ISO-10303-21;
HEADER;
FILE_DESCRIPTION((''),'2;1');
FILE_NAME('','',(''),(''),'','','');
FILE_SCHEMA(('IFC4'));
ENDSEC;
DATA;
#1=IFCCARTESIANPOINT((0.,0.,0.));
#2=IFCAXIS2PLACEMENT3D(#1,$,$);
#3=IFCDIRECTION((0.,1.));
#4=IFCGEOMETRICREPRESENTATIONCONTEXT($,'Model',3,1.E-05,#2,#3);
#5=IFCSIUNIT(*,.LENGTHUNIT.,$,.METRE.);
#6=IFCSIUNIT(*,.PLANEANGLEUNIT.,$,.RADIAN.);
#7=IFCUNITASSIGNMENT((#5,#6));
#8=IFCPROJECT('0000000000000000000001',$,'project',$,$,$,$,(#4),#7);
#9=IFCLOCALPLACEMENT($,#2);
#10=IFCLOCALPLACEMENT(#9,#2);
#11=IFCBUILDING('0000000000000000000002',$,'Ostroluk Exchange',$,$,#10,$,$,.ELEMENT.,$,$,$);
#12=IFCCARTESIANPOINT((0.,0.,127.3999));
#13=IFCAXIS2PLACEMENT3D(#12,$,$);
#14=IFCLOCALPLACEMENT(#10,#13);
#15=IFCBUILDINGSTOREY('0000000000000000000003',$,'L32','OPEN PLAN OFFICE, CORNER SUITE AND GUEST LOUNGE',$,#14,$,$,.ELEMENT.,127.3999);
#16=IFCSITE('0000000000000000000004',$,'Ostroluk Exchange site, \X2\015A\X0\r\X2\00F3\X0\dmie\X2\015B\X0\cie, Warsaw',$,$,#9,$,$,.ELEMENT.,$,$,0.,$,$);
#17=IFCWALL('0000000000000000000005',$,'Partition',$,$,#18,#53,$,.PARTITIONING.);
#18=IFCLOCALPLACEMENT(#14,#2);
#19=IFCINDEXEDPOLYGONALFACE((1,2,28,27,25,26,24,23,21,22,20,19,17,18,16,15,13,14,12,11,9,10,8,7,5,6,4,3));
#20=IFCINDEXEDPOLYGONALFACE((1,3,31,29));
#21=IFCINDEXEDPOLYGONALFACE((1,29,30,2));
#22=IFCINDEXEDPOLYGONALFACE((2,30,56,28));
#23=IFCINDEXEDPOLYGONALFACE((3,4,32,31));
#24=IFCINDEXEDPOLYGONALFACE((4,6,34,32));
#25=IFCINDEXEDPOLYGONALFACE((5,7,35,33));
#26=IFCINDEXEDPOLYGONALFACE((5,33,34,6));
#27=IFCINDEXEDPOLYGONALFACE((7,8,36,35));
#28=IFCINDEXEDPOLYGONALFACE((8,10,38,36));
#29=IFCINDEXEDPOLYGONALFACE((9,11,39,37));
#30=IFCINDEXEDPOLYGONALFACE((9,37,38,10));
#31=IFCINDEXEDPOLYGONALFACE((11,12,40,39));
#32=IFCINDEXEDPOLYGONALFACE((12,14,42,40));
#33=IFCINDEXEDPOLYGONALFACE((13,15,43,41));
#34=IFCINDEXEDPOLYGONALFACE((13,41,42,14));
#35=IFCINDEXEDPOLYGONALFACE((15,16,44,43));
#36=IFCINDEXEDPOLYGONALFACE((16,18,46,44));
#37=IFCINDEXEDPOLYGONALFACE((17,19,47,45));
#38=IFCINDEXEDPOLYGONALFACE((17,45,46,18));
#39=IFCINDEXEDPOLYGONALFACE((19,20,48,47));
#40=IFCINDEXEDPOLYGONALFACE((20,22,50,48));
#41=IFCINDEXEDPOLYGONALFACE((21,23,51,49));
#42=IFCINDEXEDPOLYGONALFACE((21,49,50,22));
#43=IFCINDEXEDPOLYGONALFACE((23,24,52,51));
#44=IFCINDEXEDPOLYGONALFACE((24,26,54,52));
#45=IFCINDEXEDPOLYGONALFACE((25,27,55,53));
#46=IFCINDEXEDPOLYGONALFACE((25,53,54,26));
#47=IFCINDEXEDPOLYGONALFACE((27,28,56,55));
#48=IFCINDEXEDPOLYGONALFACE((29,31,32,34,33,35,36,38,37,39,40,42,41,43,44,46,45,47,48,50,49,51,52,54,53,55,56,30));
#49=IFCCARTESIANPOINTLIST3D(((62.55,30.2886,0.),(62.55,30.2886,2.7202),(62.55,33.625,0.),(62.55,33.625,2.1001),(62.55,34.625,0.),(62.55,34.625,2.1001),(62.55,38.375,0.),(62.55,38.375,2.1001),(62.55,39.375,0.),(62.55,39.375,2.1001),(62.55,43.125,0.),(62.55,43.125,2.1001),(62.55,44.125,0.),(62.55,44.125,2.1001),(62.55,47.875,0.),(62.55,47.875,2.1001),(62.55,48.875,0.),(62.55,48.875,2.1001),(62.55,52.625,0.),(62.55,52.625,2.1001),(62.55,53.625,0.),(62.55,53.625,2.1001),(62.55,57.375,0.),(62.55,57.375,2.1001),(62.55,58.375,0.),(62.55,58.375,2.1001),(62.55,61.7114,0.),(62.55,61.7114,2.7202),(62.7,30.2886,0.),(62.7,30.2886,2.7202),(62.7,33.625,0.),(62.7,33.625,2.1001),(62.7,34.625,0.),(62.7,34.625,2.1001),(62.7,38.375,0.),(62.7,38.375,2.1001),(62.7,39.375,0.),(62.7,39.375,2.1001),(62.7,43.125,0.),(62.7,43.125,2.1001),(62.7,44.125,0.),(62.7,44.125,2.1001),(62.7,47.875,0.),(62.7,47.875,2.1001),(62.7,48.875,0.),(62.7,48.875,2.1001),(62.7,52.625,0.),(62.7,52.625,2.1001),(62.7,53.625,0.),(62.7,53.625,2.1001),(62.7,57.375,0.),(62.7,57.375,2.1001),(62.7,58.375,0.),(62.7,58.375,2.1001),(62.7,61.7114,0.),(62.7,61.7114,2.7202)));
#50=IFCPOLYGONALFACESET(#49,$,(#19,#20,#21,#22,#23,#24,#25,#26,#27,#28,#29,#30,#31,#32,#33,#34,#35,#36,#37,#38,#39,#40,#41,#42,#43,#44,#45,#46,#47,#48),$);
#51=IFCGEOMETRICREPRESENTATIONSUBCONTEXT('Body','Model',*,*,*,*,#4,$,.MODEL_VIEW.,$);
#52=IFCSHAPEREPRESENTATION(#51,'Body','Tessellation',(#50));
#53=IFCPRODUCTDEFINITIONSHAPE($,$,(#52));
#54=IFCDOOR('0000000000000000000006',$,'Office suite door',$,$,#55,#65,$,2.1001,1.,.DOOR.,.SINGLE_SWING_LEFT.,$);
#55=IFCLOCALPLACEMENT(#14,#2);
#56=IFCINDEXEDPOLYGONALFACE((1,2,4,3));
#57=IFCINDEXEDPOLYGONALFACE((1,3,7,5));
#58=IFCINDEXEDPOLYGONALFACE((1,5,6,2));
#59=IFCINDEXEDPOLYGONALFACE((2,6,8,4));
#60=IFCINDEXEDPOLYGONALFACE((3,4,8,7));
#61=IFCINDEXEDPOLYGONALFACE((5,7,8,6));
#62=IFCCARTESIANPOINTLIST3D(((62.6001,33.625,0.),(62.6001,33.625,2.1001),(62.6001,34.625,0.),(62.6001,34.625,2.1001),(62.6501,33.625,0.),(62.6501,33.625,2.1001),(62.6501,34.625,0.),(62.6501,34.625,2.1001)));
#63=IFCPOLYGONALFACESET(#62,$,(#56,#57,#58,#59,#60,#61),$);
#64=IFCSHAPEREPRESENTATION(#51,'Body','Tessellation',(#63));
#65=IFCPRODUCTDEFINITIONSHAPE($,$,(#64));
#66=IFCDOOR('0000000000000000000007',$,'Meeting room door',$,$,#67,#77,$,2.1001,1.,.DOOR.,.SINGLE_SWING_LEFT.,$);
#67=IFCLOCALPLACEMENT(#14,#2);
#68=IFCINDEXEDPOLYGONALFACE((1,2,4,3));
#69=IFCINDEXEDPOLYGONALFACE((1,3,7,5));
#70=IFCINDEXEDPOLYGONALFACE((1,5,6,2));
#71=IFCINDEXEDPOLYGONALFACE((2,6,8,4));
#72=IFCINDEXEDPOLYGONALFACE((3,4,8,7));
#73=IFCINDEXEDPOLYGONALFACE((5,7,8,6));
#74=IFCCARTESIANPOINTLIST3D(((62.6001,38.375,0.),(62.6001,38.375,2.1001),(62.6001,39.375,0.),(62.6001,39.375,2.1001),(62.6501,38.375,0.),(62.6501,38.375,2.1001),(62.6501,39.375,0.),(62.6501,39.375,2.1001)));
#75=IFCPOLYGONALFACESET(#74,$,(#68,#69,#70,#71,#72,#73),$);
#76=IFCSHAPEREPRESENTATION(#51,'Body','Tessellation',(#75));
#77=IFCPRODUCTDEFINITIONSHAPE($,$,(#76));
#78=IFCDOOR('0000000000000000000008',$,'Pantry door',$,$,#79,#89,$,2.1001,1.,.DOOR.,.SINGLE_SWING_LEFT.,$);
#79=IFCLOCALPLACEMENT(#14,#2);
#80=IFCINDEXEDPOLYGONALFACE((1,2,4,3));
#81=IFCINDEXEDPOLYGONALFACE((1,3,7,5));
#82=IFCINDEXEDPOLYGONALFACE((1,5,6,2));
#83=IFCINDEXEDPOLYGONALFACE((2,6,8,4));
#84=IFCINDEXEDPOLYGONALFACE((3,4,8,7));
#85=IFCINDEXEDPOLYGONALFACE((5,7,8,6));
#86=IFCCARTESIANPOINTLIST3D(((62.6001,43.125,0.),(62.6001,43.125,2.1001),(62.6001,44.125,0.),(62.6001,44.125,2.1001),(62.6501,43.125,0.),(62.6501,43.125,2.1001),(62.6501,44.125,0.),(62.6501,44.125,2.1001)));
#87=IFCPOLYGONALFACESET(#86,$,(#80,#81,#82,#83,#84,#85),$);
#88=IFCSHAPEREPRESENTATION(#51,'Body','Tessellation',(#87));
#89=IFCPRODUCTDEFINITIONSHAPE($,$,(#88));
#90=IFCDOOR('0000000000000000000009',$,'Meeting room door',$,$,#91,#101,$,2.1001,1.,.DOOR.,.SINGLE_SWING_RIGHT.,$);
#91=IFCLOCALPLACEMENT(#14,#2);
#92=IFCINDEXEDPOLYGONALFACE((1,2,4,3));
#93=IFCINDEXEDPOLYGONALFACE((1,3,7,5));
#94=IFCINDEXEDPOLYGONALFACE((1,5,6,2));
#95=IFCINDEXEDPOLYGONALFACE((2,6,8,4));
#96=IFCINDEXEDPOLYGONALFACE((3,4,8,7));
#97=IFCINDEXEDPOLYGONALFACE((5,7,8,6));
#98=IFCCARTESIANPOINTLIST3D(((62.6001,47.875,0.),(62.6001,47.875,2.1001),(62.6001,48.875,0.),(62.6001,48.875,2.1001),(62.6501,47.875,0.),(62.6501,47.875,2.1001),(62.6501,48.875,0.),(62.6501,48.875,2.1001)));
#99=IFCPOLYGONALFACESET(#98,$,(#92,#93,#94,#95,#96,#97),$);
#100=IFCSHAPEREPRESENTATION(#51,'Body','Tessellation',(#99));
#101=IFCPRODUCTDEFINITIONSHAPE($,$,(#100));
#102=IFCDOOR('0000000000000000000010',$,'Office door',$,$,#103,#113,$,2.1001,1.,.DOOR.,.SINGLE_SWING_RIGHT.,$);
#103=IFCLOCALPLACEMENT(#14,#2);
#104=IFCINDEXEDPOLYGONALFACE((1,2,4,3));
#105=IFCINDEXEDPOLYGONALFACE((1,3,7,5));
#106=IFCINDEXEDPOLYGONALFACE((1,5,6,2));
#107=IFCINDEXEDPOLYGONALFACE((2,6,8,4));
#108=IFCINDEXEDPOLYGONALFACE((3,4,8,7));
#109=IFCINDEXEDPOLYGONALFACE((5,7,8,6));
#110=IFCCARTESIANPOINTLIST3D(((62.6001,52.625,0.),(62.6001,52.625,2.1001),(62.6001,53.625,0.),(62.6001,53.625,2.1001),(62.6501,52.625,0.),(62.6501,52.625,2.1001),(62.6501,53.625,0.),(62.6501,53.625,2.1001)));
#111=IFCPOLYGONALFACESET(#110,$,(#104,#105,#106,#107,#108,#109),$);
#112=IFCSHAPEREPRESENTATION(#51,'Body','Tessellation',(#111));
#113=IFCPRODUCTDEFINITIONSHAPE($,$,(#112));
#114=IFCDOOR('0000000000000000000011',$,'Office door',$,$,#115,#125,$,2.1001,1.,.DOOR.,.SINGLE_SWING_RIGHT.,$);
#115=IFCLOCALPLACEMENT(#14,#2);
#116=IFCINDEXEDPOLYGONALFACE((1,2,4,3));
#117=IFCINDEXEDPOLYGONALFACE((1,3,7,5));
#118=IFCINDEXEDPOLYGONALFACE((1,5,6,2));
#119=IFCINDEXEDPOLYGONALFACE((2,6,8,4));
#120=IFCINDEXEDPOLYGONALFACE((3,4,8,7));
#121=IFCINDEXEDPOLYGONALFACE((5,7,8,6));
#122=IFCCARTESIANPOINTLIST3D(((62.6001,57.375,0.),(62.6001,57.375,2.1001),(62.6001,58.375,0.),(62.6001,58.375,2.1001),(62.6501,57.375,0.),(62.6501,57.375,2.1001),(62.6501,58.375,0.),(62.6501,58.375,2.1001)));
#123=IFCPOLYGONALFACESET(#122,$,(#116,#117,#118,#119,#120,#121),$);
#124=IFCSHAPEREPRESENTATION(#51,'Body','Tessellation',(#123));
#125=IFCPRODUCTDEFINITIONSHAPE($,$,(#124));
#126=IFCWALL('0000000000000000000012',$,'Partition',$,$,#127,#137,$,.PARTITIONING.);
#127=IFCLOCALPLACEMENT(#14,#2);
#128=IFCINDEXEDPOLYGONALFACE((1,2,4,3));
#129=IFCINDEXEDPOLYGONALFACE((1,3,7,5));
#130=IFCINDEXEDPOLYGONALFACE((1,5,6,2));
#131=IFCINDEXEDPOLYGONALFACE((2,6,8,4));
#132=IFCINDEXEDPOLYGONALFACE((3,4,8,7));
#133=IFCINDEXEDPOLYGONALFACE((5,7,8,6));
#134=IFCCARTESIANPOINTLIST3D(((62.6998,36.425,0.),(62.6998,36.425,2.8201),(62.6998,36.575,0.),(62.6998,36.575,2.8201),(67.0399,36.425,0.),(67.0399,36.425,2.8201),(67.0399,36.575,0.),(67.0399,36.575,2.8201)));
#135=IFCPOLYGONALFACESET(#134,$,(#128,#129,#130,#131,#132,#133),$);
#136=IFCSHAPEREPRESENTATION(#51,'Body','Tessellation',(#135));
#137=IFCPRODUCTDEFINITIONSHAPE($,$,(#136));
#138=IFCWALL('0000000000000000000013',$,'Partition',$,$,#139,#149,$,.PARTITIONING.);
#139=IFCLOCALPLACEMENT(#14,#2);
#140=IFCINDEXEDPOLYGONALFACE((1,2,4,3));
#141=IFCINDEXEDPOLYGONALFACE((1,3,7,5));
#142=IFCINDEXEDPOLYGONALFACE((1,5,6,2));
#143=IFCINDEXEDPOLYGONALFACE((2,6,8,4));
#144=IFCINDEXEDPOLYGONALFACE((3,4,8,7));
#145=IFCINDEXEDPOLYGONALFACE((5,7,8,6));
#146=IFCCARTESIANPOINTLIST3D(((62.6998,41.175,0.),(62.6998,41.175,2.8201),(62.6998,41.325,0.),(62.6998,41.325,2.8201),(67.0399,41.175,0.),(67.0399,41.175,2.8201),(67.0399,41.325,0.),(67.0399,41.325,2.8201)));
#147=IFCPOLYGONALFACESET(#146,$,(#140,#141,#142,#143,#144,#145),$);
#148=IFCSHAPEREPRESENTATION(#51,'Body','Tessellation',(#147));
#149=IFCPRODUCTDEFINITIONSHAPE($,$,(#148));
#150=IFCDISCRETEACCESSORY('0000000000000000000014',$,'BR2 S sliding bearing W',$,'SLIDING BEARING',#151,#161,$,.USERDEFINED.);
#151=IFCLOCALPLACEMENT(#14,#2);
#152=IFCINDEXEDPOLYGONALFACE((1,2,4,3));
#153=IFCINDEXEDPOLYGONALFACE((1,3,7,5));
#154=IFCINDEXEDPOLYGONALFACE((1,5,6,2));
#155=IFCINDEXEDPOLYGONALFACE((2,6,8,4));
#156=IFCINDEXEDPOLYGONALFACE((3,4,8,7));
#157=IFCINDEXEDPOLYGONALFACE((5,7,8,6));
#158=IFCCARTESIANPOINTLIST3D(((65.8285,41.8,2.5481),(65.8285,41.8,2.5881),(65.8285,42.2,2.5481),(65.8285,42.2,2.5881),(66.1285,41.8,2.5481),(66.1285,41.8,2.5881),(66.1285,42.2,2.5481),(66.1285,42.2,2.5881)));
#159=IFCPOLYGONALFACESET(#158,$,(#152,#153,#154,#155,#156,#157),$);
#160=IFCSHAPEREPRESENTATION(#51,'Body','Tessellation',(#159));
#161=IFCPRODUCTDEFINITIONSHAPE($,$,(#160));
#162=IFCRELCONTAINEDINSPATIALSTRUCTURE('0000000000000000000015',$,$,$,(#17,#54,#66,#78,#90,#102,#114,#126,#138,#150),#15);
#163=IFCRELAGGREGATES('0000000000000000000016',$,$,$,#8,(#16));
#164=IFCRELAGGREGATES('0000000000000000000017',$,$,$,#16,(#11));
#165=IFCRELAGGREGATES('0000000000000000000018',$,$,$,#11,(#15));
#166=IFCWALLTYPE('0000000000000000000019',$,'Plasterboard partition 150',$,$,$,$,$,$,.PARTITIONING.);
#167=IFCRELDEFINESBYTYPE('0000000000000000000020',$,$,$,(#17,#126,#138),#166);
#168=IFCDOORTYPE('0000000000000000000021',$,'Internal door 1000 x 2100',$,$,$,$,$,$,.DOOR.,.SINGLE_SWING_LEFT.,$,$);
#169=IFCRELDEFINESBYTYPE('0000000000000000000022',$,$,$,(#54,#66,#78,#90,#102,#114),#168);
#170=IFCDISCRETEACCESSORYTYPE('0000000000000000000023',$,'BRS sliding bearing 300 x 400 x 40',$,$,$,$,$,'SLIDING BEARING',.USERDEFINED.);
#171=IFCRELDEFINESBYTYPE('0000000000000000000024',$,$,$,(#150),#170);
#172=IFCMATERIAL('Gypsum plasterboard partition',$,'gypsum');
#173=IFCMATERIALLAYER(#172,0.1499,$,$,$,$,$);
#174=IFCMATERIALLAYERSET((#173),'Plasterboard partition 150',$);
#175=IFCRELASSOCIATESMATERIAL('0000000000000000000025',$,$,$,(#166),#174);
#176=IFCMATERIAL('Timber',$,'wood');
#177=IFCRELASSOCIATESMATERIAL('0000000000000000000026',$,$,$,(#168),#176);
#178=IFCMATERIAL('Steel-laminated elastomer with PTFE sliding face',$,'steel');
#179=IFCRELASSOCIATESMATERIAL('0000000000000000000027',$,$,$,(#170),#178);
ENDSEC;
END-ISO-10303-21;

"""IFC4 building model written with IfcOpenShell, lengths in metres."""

from ifc_helpers import new_model, si_unit, direction, frame, frame_2d, origin, origin_2d, place, context, subcontext, project, spatial, rectangle, extrude, material, layer, layer_set, type_object, element, fill, save


model = new_model("IFC4")

# Units and contexts
model_context = context("Model", 3, precision=1e-05, world=origin(), true_north=direction((0.0, 1.0)))
body_context = subcontext(model_context, "Body", "Model", "MODEL_VIEW")
ifc_project = project(units=[si_unit("LENGTHUNIT", "METRE"), si_unit("PLANEANGLEUNIT", "RADIAN")], contexts=[model_context])

# Site, building, storey
site_placement = place(None, origin())
site = spatial("IfcSite", under=ifc_project, at=site_placement, Name="Ostroluk Exchange site, Śródmieście, Warsaw", CompositionType="ELEMENT", RefElevation=0.0)
building_placement = place(site_placement, origin())
building = spatial("IfcBuilding", under=site, at=building_placement, Name="Ostroluk Exchange", CompositionType="ELEMENT")
storey_placement = place(building_placement, frame((0.0, 0.0, 127.3999)))
storey = spatial("IfcBuildingStorey", under=building, at=storey_placement, Name="L32", Description="OPEN PLAN OFFICE, CORNER SUITE AND GUEST LOUNGE", CompositionType="ELEMENT", Elevation=127.3999)

# Shared definitions
ifc_material_1 = material(Name="Gypsum plasterboard partition", Category="gypsum")
ifc_layer_1 = layer(ifc_material_1, 0.1499)
ifc_layer_set_1 = layer_set([ifc_layer_1], Name="Plasterboard partition 150")
wall_type_1 = type_object("IfcWallType", Name="Plasterboard partition 150", PredefinedType="PARTITIONING", material=ifc_layer_set_1)
ifc_material_2 = material(Name="Timber", Category="wood")
door_type_1 = type_object("IfcDoorType", Name="Internal door 1000 x 2100", OperationType="SINGLE_SWING_LEFT", PredefinedType="DOOR", material=ifc_material_2)

# Wall, openings, doors
wall_1_placement = place(storey_placement, frame((62.625, 30.2886, 0.0), z_axis=(0.0, 0.0, 1.0), x_axis=(0.0, 1.0, 0.0)))
wall_1 = element("IfcWall", 1, at=wall_1_placement, inside=storey, type_object=wall_type_1, Name="Partition", PredefinedType="PARTITIONING", context=body_context, shape_type="SweptSolid", body=[
    extrude(rectangle(XDim=31.4229, YDim=0.1499, at=frame_2d((15.7114, 0.0))), origin(), (0.0, 0.0, 1.0), 2.7202),
])
opening_1_placement = place(wall_1_placement, frame((3.3364, 0.0, 0.0)))
opening_1 = element("IfcOpeningElement", 2, at=opening_1_placement, cuts=wall_1, PredefinedType="OPENING", context=body_context, shape_type="SweptSolid", body=[
    extrude(rectangle(XDim=1.0, YDim=2.1001, at=frame_2d((0.5, 1.05))), frame((0.0, 0.085, 0.0), z_axis=(0.0, -1.0, 0.0), x_axis=(1.0, 0.0, 0.0)), (0.0, 0.0, 1.0), 0.1699),
])
opening_2_placement = place(wall_1_placement, frame((8.0864, 0.0, 0.0)))
opening_2 = element("IfcOpeningElement", 3, at=opening_2_placement, cuts=wall_1, PredefinedType="OPENING", context=body_context, shape_type="SweptSolid", body=[
    extrude(rectangle(XDim=1.0, YDim=2.1001, at=frame_2d((0.5, 1.05))), frame((0.0, 0.085, 0.0), z_axis=(0.0, -1.0, 0.0), x_axis=(1.0, 0.0, 0.0)), (0.0, 0.0, 1.0), 0.1699),
])
opening_3_placement = place(wall_1_placement, frame((12.8364, 0.0, 0.0)))
opening_3 = element("IfcOpeningElement", 4, at=opening_3_placement, cuts=wall_1, PredefinedType="OPENING", context=body_context, shape_type="SweptSolid", body=[
    extrude(rectangle(XDim=1.0, YDim=2.1001, at=frame_2d((0.5, 1.05))), frame((0.0, 0.085, 0.0), z_axis=(0.0, -1.0, 0.0), x_axis=(1.0, 0.0, 0.0)), (0.0, 0.0, 1.0), 0.1699),
])
opening_4_placement = place(wall_1_placement, frame((17.5864, 0.0, 0.0)))
opening_4 = element("IfcOpeningElement", 5, at=opening_4_placement, cuts=wall_1, PredefinedType="OPENING", context=body_context, shape_type="SweptSolid", body=[
    extrude(rectangle(XDim=1.0, YDim=2.1001, at=frame_2d((0.5, 1.05))), frame((0.0, 0.085, 0.0), z_axis=(0.0, -1.0, 0.0), x_axis=(1.0, 0.0, 0.0)), (0.0, 0.0, 1.0), 0.1699),
])
opening_5_placement = place(wall_1_placement, frame((22.3364, 0.0, 0.0)))
opening_5 = element("IfcOpeningElement", 6, at=opening_5_placement, cuts=wall_1, PredefinedType="OPENING", context=body_context, shape_type="SweptSolid", body=[
    extrude(rectangle(XDim=1.0, YDim=2.1001, at=frame_2d((0.5, 1.05))), frame((0.0, 0.085, 0.0), z_axis=(0.0, -1.0, 0.0), x_axis=(1.0, 0.0, 0.0)), (0.0, 0.0, 1.0), 0.1699),
])
opening_6_placement = place(wall_1_placement, frame((27.0864, 0.0, 0.0)))
opening_6 = element("IfcOpeningElement", 7, at=opening_6_placement, cuts=wall_1, PredefinedType="OPENING", context=body_context, shape_type="SweptSolid", body=[
    extrude(rectangle(XDim=1.0, YDim=2.1001, at=frame_2d((0.5, 1.05))), frame((0.0, 0.085, 0.0), z_axis=(0.0, -1.0, 0.0), x_axis=(1.0, 0.0, 0.0)), (0.0, 0.0, 1.0), 0.1699),
])
door_1_placement = place(opening_1_placement, origin())
door_1 = element("IfcDoor", 8, at=door_1_placement, inside=storey, type_object=door_type_1, Name="Office suite door", OperationType="SINGLE_SWING_LEFT", OverallHeight=2.1001, OverallWidth=1.0, PredefinedType="DOOR", context=body_context, shape_type="SweptSolid", body=[
    extrude(rectangle(XDim=1.0, YDim=2.1001, at=frame_2d((0.5, 1.05))), frame((0.0, 0.0249, 0.0), z_axis=(0.0, -1.0, 0.0), x_axis=(1.0, 0.0, 0.0)), (0.0, 0.0, 1.0), 0.05),
])
fill(opening_1, door_1)
door_2_placement = place(opening_2_placement, origin())
door_2 = element("IfcDoor", 9, at=door_2_placement, inside=storey, type_object=door_type_1, Name="Meeting room door", OperationType="SINGLE_SWING_LEFT", OverallHeight=2.1001, OverallWidth=1.0, PredefinedType="DOOR", context=body_context, shape_type="SweptSolid", body=[
    extrude(rectangle(XDim=1.0, YDim=2.1001, at=frame_2d((0.5, 1.05))), frame((0.0, 0.0249, 0.0), z_axis=(0.0, -1.0, 0.0), x_axis=(1.0, 0.0, 0.0)), (0.0, 0.0, 1.0), 0.05),
])
fill(opening_2, door_2)
door_3_placement = place(opening_3_placement, origin())
door_3 = element("IfcDoor", 10, at=door_3_placement, inside=storey, type_object=door_type_1, Name="Pantry door", OperationType="SINGLE_SWING_LEFT", OverallHeight=2.1001, OverallWidth=1.0, PredefinedType="DOOR", context=body_context, shape_type="SweptSolid", body=[
    extrude(rectangle(XDim=1.0, YDim=2.1001, at=frame_2d((0.5, 1.05))), frame((0.0, 0.0249, 0.0), z_axis=(0.0, -1.0, 0.0), x_axis=(1.0, 0.0, 0.0)), (0.0, 0.0, 1.0), 0.05),
])
fill(opening_3, door_3)
door_4_placement = place(opening_4_placement, origin())
door_4 = element("IfcDoor", 11, at=door_4_placement, inside=storey, type_object=door_type_1, Name="Meeting room door", OperationType="SINGLE_SWING_RIGHT", OverallHeight=2.1001, OverallWidth=1.0, PredefinedType="DOOR", context=body_context, shape_type="SweptSolid", body=[
    extrude(rectangle(XDim=1.0, YDim=2.1001, at=frame_2d((0.5, 1.05))), frame((0.0, 0.0249, 0.0), z_axis=(0.0, -1.0, 0.0), x_axis=(1.0, 0.0, 0.0)), (0.0, 0.0, 1.0), 0.05),
])
fill(opening_4, door_4)
door_5_placement = place(opening_5_placement, origin())
door_5 = element("IfcDoor", 12, at=door_5_placement, inside=storey, type_object=door_type_1, Name="Office door", OperationType="SINGLE_SWING_RIGHT", OverallHeight=2.1001, OverallWidth=1.0, PredefinedType="DOOR", context=body_context, shape_type="SweptSolid", body=[
    extrude(rectangle(XDim=1.0, YDim=2.1001, at=frame_2d((0.5, 1.05))), frame((0.0, 0.0249, 0.0), z_axis=(0.0, -1.0, 0.0), x_axis=(1.0, 0.0, 0.0)), (0.0, 0.0, 1.0), 0.05),
])
fill(opening_5, door_5)
door_6_placement = place(opening_6_placement, origin())
door_6 = element("IfcDoor", 13, at=door_6_placement, inside=storey, type_object=door_type_1, Name="Office door", OperationType="SINGLE_SWING_RIGHT", OverallHeight=2.1001, OverallWidth=1.0, PredefinedType="DOOR", context=body_context, shape_type="SweptSolid", body=[
    extrude(rectangle(XDim=1.0, YDim=2.1001, at=frame_2d((0.5, 1.05))), frame((0.0, 0.0249, 0.0), z_axis=(0.0, -1.0, 0.0), x_axis=(1.0, 0.0, 0.0)), (0.0, 0.0, 1.0), 0.05),
])
fill(opening_6, door_6)

# Walls
for number, where, z_axis, x_axis, name in (
    (14, (62.7, 36.5, 0.0), (0.0, 0.0, 1.0), (1.0, 0.0, 0.0), "Partition"),
    (15, (62.7, 41.25, 0.0), (0.0, 0.0, 1.0), (1.0, 0.0, 0.0), "Partition"),
):
    element("IfcWall", number, at=place(storey_placement, frame(where, z_axis=z_axis, x_axis=x_axis)), inside=storey, type_object=wall_type_1, Name=name, PredefinedType="PARTITIONING", context=body_context, shape_type="SweptSolid", body=[
        extrude(rectangle(XDim=4.3401, YDim=0.1499, at=frame_2d((2.1699, 0.0))), origin(), (0.0, 0.0, 1.0), 2.8201),
    ])

# Discrete accessory
ifc_material_3 = material(Name="Steel-laminated elastomer with PTFE sliding face", Category="steel")
discrete_accessory_type = type_object("IfcDiscreteAccessoryType", Name="BRS sliding bearing 300 x 400 x 40", ElementType="SLIDING BEARING", PredefinedType="USERDEFINED", material=ifc_material_3)
discrete_accessory_placement = place(storey_placement, frame((65.9785, 42.0, 2.5481), z_axis=(0.0, 0.0, 1.0), x_axis=(1.0, 0.0, 0.0)))
element("IfcDiscreteAccessory", 16, at=discrete_accessory_placement, inside=storey, type_object=discrete_accessory_type, Name="BR2 S sliding bearing W", ObjectType="SLIDING BEARING", PredefinedType="USERDEFINED", context=body_context, shape_type="SweptSolid", body=[
    extrude(rectangle(XDim=0.3, YDim=0.3999, at=origin_2d()), origin(), (0.0, 0.0, 1.0), 0.04),
])

save(model, "model.ifc")
